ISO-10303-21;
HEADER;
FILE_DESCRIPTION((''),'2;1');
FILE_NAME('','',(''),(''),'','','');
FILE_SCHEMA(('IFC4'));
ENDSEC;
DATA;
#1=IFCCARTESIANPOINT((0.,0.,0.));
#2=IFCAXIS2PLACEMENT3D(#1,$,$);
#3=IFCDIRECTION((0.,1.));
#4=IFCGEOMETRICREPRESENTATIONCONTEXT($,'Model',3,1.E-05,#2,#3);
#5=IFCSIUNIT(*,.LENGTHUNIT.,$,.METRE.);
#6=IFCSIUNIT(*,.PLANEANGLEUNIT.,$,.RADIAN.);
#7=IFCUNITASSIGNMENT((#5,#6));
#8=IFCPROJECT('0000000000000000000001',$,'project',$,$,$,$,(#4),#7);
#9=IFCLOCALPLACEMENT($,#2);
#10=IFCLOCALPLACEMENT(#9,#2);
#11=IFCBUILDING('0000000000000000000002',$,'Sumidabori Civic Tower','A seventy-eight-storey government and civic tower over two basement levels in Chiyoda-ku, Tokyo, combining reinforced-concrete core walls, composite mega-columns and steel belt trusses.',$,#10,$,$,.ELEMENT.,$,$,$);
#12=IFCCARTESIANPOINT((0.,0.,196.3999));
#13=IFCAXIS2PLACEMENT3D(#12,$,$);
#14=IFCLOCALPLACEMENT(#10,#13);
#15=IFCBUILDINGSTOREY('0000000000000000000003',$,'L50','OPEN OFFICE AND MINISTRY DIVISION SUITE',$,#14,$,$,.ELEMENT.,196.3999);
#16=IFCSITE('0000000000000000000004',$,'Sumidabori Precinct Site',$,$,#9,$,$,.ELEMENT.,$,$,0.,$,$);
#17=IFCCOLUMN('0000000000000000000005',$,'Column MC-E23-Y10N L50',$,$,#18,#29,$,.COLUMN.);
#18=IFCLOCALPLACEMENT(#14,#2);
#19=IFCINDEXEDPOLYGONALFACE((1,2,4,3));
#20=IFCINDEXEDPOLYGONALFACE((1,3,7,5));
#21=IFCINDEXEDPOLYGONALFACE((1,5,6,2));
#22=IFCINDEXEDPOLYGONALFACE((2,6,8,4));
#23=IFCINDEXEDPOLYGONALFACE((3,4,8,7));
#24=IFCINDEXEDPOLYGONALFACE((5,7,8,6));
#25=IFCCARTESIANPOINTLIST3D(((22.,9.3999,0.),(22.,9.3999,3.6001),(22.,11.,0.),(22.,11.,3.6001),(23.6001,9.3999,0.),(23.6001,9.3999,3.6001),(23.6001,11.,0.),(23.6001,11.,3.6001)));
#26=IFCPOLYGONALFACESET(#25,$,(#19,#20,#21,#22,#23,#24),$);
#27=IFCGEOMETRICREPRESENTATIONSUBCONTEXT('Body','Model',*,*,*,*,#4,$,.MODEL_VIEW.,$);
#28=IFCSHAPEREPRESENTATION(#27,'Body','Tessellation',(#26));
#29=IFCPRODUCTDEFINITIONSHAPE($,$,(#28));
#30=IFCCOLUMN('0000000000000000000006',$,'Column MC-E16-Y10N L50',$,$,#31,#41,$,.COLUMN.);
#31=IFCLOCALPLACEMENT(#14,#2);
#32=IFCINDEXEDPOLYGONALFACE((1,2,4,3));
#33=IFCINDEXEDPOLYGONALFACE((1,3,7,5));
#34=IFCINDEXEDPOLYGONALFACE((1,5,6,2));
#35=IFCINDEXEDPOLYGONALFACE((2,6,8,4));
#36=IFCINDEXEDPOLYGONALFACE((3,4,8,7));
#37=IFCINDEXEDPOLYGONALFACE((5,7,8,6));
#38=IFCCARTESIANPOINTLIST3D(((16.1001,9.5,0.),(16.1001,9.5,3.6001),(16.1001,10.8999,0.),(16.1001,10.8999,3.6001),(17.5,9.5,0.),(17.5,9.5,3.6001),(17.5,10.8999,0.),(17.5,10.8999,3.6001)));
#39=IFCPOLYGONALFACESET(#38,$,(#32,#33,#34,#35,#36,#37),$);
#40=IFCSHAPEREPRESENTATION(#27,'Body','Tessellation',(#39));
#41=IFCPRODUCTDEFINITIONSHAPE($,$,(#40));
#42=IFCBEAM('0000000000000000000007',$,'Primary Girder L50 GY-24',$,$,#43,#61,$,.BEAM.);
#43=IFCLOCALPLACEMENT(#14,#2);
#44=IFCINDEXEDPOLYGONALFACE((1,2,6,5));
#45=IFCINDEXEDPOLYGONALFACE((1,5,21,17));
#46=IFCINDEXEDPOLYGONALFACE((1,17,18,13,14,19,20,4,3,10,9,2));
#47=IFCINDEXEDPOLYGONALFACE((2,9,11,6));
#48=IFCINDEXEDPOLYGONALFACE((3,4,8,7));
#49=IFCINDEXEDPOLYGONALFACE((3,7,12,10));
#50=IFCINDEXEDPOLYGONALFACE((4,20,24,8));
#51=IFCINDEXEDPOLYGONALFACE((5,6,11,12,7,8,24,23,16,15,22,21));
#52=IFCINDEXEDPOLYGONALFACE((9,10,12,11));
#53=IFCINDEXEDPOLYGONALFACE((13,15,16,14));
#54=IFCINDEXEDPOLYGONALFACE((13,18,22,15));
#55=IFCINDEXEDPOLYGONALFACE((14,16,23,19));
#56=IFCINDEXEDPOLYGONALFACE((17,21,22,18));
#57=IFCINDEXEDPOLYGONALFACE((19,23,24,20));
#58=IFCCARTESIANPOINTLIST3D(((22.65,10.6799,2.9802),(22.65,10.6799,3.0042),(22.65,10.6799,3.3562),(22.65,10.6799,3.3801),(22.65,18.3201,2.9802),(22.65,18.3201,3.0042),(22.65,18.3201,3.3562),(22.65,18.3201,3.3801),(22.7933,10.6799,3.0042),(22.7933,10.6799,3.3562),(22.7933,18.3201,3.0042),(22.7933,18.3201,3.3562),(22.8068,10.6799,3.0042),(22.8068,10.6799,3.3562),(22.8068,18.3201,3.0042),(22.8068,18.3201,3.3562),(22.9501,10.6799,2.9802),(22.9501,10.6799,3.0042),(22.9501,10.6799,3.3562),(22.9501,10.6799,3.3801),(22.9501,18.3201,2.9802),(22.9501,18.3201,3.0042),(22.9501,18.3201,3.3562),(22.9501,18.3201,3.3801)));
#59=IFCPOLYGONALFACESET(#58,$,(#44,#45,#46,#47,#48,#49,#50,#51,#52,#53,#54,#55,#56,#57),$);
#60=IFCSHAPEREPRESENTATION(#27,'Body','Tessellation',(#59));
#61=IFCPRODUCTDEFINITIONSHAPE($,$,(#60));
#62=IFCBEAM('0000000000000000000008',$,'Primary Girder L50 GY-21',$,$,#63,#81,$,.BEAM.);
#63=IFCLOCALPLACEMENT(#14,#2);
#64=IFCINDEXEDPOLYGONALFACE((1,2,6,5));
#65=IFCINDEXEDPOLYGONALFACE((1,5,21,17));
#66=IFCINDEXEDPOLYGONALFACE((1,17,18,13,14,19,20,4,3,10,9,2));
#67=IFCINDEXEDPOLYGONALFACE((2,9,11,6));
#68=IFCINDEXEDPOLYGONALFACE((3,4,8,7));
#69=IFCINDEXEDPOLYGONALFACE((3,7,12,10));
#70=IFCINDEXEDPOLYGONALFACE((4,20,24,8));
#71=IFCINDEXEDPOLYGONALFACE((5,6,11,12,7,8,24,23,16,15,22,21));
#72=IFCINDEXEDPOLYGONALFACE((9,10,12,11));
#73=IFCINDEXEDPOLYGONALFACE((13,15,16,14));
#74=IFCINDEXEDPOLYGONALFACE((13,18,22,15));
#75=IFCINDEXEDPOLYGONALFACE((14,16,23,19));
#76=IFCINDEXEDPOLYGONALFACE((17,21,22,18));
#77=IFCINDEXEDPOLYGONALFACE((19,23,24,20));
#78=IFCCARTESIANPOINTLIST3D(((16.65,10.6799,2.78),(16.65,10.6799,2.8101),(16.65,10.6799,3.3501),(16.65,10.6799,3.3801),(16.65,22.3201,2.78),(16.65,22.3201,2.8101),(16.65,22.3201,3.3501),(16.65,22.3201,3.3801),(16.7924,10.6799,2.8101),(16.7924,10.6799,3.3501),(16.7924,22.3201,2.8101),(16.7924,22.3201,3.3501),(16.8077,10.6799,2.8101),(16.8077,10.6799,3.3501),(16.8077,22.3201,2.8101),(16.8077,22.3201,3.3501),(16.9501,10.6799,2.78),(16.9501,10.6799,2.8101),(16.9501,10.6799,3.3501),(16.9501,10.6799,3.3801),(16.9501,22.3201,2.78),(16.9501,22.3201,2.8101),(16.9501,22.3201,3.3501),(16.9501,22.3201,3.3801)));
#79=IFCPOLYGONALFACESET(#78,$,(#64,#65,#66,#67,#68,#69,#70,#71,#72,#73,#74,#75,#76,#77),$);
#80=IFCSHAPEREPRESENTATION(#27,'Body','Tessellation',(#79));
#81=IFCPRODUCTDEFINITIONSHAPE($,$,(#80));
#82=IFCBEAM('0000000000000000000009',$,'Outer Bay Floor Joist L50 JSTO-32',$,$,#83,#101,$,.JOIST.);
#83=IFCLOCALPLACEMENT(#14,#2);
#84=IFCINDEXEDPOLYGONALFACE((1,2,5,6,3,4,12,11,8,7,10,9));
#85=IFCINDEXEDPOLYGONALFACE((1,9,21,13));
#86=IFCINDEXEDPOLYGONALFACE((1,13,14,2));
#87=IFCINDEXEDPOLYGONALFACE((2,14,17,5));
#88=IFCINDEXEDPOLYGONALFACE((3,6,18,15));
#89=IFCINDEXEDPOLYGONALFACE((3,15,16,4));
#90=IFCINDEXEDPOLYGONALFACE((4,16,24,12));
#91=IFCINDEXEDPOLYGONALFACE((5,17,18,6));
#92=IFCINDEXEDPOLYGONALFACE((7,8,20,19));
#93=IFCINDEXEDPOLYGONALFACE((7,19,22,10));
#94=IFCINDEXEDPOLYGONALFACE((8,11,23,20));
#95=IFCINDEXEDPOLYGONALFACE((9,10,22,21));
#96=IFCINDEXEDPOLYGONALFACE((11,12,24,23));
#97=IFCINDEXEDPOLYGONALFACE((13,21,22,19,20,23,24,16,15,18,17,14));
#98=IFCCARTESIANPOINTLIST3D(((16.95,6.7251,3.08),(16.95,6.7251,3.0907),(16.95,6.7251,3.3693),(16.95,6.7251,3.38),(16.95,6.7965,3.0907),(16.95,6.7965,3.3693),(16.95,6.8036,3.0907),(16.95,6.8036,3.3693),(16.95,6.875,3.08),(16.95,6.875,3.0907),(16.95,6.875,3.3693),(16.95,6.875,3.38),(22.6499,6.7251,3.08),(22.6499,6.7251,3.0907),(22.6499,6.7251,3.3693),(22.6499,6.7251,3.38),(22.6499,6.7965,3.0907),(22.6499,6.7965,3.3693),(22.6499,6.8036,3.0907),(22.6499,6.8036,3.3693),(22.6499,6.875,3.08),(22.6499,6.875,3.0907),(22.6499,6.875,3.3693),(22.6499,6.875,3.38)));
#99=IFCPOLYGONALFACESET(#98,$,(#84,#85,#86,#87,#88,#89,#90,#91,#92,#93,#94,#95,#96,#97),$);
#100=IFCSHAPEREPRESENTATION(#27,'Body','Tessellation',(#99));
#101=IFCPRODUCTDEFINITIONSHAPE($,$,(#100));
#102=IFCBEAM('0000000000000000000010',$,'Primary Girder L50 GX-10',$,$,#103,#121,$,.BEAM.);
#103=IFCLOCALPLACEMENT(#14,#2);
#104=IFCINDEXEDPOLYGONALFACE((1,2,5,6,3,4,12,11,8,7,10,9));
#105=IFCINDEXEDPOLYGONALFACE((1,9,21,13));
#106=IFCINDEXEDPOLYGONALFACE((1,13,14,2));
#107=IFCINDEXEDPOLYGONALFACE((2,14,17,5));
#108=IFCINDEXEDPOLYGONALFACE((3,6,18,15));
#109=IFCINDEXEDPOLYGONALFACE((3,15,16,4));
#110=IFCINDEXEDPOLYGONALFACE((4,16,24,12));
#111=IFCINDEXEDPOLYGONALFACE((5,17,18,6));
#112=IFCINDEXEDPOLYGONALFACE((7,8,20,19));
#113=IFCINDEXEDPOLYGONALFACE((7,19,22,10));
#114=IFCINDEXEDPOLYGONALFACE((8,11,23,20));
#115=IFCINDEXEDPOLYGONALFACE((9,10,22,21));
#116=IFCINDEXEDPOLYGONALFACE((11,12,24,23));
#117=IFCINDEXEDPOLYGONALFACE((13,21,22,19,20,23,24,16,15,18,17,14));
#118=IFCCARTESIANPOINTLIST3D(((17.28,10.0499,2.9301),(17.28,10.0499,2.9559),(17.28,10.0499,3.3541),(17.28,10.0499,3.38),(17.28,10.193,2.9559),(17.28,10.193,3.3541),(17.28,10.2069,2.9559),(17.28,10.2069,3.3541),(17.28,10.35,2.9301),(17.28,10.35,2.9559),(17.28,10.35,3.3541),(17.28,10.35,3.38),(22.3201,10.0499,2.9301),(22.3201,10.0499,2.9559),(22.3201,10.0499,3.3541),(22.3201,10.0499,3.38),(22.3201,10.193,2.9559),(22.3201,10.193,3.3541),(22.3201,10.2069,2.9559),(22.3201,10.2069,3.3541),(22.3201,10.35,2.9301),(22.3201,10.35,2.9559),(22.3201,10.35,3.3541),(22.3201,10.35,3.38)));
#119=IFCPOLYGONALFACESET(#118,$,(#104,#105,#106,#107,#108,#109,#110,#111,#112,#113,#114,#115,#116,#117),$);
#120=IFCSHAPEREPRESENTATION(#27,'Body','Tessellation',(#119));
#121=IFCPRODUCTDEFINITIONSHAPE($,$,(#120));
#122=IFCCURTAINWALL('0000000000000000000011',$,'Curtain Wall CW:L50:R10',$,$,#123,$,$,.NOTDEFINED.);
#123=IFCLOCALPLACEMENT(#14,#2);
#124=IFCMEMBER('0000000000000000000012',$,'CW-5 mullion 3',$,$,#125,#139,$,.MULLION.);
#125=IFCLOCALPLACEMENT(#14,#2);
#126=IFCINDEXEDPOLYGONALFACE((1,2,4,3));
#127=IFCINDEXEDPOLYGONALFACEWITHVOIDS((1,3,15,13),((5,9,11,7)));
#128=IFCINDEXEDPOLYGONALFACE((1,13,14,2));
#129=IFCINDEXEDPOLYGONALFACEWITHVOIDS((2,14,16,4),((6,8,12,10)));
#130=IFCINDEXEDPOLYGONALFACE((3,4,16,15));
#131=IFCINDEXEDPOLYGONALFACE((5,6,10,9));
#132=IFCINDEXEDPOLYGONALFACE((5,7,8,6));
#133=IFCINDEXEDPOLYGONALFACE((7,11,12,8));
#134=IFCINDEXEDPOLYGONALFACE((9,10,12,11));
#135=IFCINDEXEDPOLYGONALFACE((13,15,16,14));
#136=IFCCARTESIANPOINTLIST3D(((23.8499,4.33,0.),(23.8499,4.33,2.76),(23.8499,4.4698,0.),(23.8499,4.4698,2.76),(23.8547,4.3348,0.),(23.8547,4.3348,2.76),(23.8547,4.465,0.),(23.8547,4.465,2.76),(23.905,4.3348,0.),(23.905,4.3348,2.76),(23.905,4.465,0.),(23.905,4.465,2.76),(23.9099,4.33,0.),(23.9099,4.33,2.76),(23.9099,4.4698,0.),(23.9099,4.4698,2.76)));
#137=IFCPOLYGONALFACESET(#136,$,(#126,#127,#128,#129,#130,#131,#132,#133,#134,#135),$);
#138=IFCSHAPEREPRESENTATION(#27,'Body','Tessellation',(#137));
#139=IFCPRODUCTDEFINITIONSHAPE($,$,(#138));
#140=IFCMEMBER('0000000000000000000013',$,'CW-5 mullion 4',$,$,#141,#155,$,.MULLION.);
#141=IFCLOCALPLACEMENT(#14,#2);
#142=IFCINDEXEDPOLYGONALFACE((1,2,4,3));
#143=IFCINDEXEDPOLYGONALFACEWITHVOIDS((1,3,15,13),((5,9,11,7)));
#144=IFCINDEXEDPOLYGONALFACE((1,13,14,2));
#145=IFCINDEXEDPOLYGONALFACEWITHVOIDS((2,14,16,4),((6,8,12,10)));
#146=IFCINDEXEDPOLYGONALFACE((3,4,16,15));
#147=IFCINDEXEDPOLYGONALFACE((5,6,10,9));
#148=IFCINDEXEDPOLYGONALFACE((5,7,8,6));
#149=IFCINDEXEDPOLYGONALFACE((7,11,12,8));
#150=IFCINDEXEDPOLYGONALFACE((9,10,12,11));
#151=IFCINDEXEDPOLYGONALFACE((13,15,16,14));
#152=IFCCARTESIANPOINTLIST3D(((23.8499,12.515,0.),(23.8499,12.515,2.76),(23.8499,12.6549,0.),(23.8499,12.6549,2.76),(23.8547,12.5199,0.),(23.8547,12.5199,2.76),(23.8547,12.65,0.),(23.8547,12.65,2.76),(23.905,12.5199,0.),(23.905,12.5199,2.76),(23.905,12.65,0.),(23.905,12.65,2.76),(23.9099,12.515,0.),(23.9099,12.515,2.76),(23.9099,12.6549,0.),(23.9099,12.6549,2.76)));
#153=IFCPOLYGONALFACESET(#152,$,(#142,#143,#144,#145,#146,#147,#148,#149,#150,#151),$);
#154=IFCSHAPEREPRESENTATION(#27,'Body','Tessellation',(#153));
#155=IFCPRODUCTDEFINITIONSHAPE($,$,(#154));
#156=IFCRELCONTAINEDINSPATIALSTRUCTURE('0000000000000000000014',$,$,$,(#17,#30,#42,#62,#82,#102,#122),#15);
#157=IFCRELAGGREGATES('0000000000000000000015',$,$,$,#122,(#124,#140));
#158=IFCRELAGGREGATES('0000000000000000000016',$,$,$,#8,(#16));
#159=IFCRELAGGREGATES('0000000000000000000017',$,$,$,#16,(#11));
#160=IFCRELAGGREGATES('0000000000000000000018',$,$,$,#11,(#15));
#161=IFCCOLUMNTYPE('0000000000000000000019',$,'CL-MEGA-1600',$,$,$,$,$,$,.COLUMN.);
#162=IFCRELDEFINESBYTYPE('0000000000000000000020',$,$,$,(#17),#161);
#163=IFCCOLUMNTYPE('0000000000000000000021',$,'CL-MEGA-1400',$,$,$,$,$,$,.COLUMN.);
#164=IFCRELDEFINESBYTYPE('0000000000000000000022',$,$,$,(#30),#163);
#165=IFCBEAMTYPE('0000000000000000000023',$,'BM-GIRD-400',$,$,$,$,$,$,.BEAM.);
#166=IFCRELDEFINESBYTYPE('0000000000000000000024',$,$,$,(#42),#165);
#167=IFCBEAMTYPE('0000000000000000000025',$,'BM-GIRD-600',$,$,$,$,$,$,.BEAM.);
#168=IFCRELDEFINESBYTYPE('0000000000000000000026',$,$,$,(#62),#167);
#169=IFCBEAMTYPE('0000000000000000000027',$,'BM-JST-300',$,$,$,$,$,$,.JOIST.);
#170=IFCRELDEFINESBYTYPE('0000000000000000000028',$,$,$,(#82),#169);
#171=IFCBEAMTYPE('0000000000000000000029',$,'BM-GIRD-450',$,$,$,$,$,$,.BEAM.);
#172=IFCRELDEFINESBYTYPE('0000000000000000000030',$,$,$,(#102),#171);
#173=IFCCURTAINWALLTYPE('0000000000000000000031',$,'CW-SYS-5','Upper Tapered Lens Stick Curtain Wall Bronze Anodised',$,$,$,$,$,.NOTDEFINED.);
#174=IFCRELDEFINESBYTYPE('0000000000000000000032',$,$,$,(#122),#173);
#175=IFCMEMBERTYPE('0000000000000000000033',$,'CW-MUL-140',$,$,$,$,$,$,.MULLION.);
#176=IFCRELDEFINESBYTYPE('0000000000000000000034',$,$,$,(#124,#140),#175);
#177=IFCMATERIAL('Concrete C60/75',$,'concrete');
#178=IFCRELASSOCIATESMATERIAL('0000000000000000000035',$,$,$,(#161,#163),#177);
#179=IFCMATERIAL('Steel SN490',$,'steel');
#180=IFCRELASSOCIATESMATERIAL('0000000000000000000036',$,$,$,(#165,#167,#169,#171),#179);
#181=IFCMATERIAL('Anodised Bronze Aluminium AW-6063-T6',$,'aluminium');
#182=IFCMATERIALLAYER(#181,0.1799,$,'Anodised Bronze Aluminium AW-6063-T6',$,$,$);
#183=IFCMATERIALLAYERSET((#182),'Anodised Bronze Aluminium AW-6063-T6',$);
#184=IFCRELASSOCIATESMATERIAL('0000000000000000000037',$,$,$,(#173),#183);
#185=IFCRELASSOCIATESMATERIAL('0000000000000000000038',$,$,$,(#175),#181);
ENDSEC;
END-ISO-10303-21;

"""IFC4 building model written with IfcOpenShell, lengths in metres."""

from ifc_helpers import new_model, si_unit, direction, frame, origin, origin_2d, place, context, subcontext, project, spatial, rectangle, hollow_rectangle, i_section, extrude, source, transform, mapped, material, layer, layer_set, material_profile, profile_set, type_object, element, aggregate, save


model = new_model("IFC4")

# Units and contexts
model_context = context("Model", 3, precision=1e-05, world=origin(), true_north=direction((0.0, 1.0)))
body_context = subcontext(model_context, "Body", "Model", "MODEL_VIEW")
ifc_project = project(units=[si_unit("LENGTHUNIT", "METRE"), si_unit("PLANEANGLEUNIT", "RADIAN")], contexts=[model_context])

# Site, building, storey
site_placement = place(None, origin())
site = spatial("IfcSite", under=ifc_project, at=site_placement, Name="Sumidabori Precinct Site", CompositionType="ELEMENT", RefElevation=0.0)
building_placement = place(site_placement, origin())
building = spatial("IfcBuilding", under=site, at=building_placement, Name="Sumidabori Civic Tower", Description="A seventy-eight-storey government and civic tower over two basement levels in Chiyoda-ku, Tokyo, combining reinforced-concrete core walls, composite mega-columns and steel belt trusses.", CompositionType="ELEMENT")
storey_placement = place(building_placement, frame((0.0, 0.0, 196.3999)))
storey = spatial("IfcBuildingStorey", under=building, at=storey_placement, Name="L50", Description="OPEN OFFICE AND MINISTRY DIVISION SUITE", CompositionType="ELEMENT", Elevation=196.3999)

# Columns
ifc_material_1 = material(Name="Concrete C60/75", Category="concrete")
ifc_material_profile_1 = material_profile(ifc_material_1, rectangle(XDim=1.6001, YDim=1.6001, at=origin_2d()), Name="RC 1600x1600")
ifc_profile_set_1 = profile_set([ifc_material_profile_1], Name="Concrete C60/75")
column_type_1 = type_object("IfcColumnType", Name="CL-MEGA-1600", PredefinedType="COLUMN", material=ifc_profile_set_1)
shared_shape_1 = source(origin(), body_context, "Body", "SweptSolid", [
    extrude(rectangle(XDim=1.6001, YDim=1.6001, at=origin_2d()), origin(), (0.0, 0.0, 1.0), 3.6001),
])
column_1_placement = place(storey_placement, frame((22.8, 10.2, 0.0), z_axis=(0.0, 0.0, 1.0), x_axis=(1.0, 0.0, 0.0)))
element("IfcColumn", 1, at=column_1_placement, inside=storey, type_object=column_type_1, Name="Column MC-E23-Y10N L50", PredefinedType="COLUMN", context=body_context, shape_type="MappedRepresentation", body=[
    mapped(shared_shape_1, transform((0.0, 0.0, 0.0), x_axis=(1.0, 0.0, 0.0), y_axis=(0.0, 1.0, 0.0), z_axis=(0.0, 0.0, 1.0), scale=1.0)),
])
ifc_material_profile_2 = material_profile(ifc_material_1, rectangle(XDim=1.3999, YDim=1.3999, at=origin_2d()), Name="RC 1400x1400")
ifc_profile_set_2 = profile_set([ifc_material_profile_2], Name="Concrete C60/75")
column_type_2 = type_object("IfcColumnType", Name="CL-MEGA-1400", PredefinedType="COLUMN", material=ifc_profile_set_2)
shared_shape_2 = source(origin(), body_context, "Body", "SweptSolid", [
    extrude(rectangle(XDim=1.3999, YDim=1.3999, at=origin_2d()), origin(), (0.0, 0.0, 1.0), 3.6001),
])
column_2_placement = place(storey_placement, frame((16.8, 10.2, 0.0), z_axis=(0.0, 0.0, 1.0), x_axis=(1.0, 0.0, 0.0)))
element("IfcColumn", 2, at=column_2_placement, inside=storey, type_object=column_type_2, Name="Column MC-E16-Y10N L50", PredefinedType="COLUMN", context=body_context, shape_type="MappedRepresentation", body=[
    mapped(shared_shape_2, transform((0.0, 0.0, 0.0), x_axis=(1.0, 0.0, 0.0), y_axis=(0.0, 1.0, 0.0), z_axis=(0.0, 0.0, 1.0), scale=1.0)),
])

# Beams
ifc_material_2 = material(Name="Steel SN490", Category="steel")
ifc_material_profile_3 = material_profile(ifc_material_2, i_section(OverallWidth=0.3, OverallDepth=0.3999, WebThickness=0.0134, FlangeThickness=0.0239, at=origin_2d()), Name="HE 400 B")
ifc_profile_set_3 = profile_set([ifc_material_profile_3], Name="Steel SN490")
beam_type_1 = type_object("IfcBeamType", Name="BM-GIRD-400", PredefinedType="BEAM", material=ifc_profile_set_3)
shared_shape_3 = source(origin(), body_context, "Body", "SweptSolid", [
    extrude(i_section(OverallWidth=0.3, OverallDepth=0.3999, WebThickness=0.0134, FlangeThickness=0.0239, at=origin_2d()), origin(), (0.0, 0.0, 1.0), 7.6401),
])
beam_1_placement = place(storey_placement, frame((22.8, 10.6799, 3.1802), z_axis=(0.0, 1.0, 0.0), x_axis=(-1.0, 0.0, 0.0)))
element("IfcBeam", 3, at=beam_1_placement, inside=storey, type_object=beam_type_1, Name="Primary Girder L50 GY-24", PredefinedType="BEAM", context=body_context, shape_type="MappedRepresentation", body=[
    mapped(shared_shape_3, transform((0.0, 0.0, 0.0), x_axis=(1.0, 0.0, 0.0), y_axis=(0.0, 1.0, 0.0), z_axis=(0.0, 0.0, 1.0), scale=1.0)),
])
ifc_material_profile_4 = material_profile(ifc_material_2, i_section(OverallWidth=0.3, OverallDepth=0.6001, WebThickness=0.0154, FlangeThickness=0.03, at=origin_2d()), Name="HE 600 B")
ifc_profile_set_4 = profile_set([ifc_material_profile_4], Name="Steel SN490")
beam_type_2 = type_object("IfcBeamType", Name="BM-GIRD-600", PredefinedType="BEAM", material=ifc_profile_set_4)
shared_shape_4 = source(origin(), body_context, "Body", "SweptSolid", [
    extrude(i_section(OverallWidth=0.3, OverallDepth=0.6001, WebThickness=0.0154, FlangeThickness=0.03, at=origin_2d()), origin(), (0.0, 0.0, 1.0), 11.6401),
])
beam_2_placement = place(storey_placement, frame((16.8, 10.6799, 3.0801), z_axis=(0.0, 1.0, 0.0), x_axis=(-1.0, 0.0, 0.0)))
element("IfcBeam", 4, at=beam_2_placement, inside=storey, type_object=beam_type_2, Name="Primary Girder L50 GY-21", PredefinedType="BEAM", context=body_context, shape_type="MappedRepresentation", body=[
    mapped(shared_shape_4, transform((0.0, 0.0, 0.0), x_axis=(1.0, 0.0, 0.0), y_axis=(0.0, 1.0, 0.0), z_axis=(0.0, 0.0, 1.0), scale=1.0)),
])
ifc_material_profile_5 = material_profile(ifc_material_2, i_section(OverallWidth=0.1499, OverallDepth=0.3, WebThickness=0.0071, FlangeThickness=0.0107, at=origin_2d()), Name="IPE 300")
ifc_profile_set_5 = profile_set([ifc_material_profile_5], Name="Steel SN490")
beam_type_3 = type_object("IfcBeamType", Name="BM-JST-300", PredefinedType="JOIST", material=ifc_profile_set_5)
shared_shape_5 = source(origin(), body_context, "Body", "SweptSolid", [
    extrude(i_section(OverallWidth=0.1499, OverallDepth=0.3, WebThickness=0.0071, FlangeThickness=0.0107, at=origin_2d()), origin(), (0.0, 0.0, 1.0), 5.7),
])
beam_3_placement = place(storey_placement, frame((16.95, 6.8, 3.23), z_axis=(1.0, 0.0, 0.0), x_axis=(0.0, 1.0, 0.0)))
element("IfcBeam", 5, at=beam_3_placement, inside=storey, type_object=beam_type_3, Name="Outer Bay Floor Joist L50 JSTO-32", PredefinedType="JOIST", context=body_context, shape_type="MappedRepresentation", body=[
    mapped(shared_shape_5, transform((0.0, 0.0, 0.0), x_axis=(1.0, 0.0, 0.0), y_axis=(0.0, 1.0, 0.0), z_axis=(0.0, 0.0, 1.0), scale=1.0)),
])
ifc_material_profile_6 = material_profile(ifc_material_2, i_section(OverallWidth=0.3, OverallDepth=0.45, WebThickness=0.0139, FlangeThickness=0.0259, at=origin_2d()), Name="HE 450 B")
ifc_profile_set_6 = profile_set([ifc_material_profile_6], Name="Steel SN490")
beam_type_4 = type_object("IfcBeamType", Name="BM-GIRD-450", PredefinedType="BEAM", material=ifc_profile_set_6)
shared_shape_6 = source(origin(), body_context, "Body", "SweptSolid", [
    extrude(i_section(OverallWidth=0.3, OverallDepth=0.45, WebThickness=0.0139, FlangeThickness=0.0259, at=origin_2d()), origin(), (0.0, 0.0, 1.0), 5.04),
])
beam_4_placement = place(storey_placement, frame((17.28, 10.2, 3.155), z_axis=(1.0, 0.0, 0.0), x_axis=(0.0, 1.0, 0.0)))
element("IfcBeam", 6, at=beam_4_placement, inside=storey, type_object=beam_type_4, Name="Primary Girder L50 GX-10", PredefinedType="BEAM", context=body_context, shape_type="MappedRepresentation", body=[
    mapped(shared_shape_6, transform((0.0, 0.0, 0.0), x_axis=(1.0, 0.0, 0.0), y_axis=(0.0, 1.0, 0.0), z_axis=(0.0, 0.0, 1.0), scale=1.0)),
])

# Curtain wall, members
ifc_material_3 = material(Name="Anodised Bronze Aluminium AW-6063-T6", Category="aluminium")
ifc_layer_1 = layer(ifc_material_3, 0.1799, Name="Anodised Bronze Aluminium AW-6063-T6")
ifc_layer_set_1 = layer_set([ifc_layer_1], Name="Anodised Bronze Aluminium AW-6063-T6")
curtain_wall_type = type_object("IfcCurtainWallType", Name="CW-SYS-5", Description="Upper Tapered Lens Stick Curtain Wall Bronze Anodised", PredefinedType="NOTDEFINED", material=ifc_layer_set_1)
curtain_wall_placement = place(storey_placement, origin())
curtain_wall = element("IfcCurtainWall", 7, at=curtain_wall_placement, inside=storey, type_object=curtain_wall_type, Name="Curtain Wall CW:L50:R10", PredefinedType="NOTDEFINED")
ifc_material_profile_7 = material_profile(ifc_material_3, hollow_rectangle(XDim=0.0601, YDim=0.1399, WallThickness=0.0049, at=origin_2d()), Name="ALU MULLION 140x60")
ifc_profile_set_7 = profile_set([ifc_material_profile_7], Name="Anodised Bronze Aluminium AW-6063-T6")
member_type_1 = type_object("IfcMemberType", Name="CW-MUL-140", PredefinedType="MULLION", material=ifc_profile_set_7)
shared_shape_7 = source(origin(), body_context, "Body", "SweptSolid", [
    extrude(hollow_rectangle(XDim=0.0601, YDim=0.1399, WallThickness=0.0049, at=origin_2d()), origin(), (0.0, 0.0, 1.0), 2.76),
])
member_1_placement = place(storey_placement, frame((23.8799, 4.3999, 0.0), z_axis=(0.0, 0.0, 1.0), x_axis=(-1.0, 0.0, 0.0)))
member_1 = element("IfcMember", 8, at=member_1_placement, type_object=member_type_1, Name="CW-5 mullion 3", PredefinedType="MULLION", context=body_context, shape_type="MappedRepresentation", body=[
    mapped(shared_shape_7, transform((0.0, 0.0, 0.0), x_axis=(1.0, 0.0, 0.0), y_axis=(0.0, 1.0, 0.0), z_axis=(0.0, 0.0, 1.0), scale=1.0)),
])
member_2_placement = place(storey_placement, frame((23.8799, 12.585, 0.0), z_axis=(0.0, 0.0, 1.0), x_axis=(-1.0, 0.0, 0.0)))
member_2 = element("IfcMember", 9, at=member_2_placement, type_object=member_type_1, Name="CW-5 mullion 4", PredefinedType="MULLION", context=body_context, shape_type="MappedRepresentation", body=[
    mapped(shared_shape_7, transform((0.0, 0.0, 0.0), x_axis=(1.0, 0.0, 0.0), y_axis=(0.0, 1.0, 0.0), z_axis=(0.0, 0.0, 1.0), scale=1.0)),
])
aggregate(curtain_wall, [member_1, member_2])

save(model, "model.ifc")
